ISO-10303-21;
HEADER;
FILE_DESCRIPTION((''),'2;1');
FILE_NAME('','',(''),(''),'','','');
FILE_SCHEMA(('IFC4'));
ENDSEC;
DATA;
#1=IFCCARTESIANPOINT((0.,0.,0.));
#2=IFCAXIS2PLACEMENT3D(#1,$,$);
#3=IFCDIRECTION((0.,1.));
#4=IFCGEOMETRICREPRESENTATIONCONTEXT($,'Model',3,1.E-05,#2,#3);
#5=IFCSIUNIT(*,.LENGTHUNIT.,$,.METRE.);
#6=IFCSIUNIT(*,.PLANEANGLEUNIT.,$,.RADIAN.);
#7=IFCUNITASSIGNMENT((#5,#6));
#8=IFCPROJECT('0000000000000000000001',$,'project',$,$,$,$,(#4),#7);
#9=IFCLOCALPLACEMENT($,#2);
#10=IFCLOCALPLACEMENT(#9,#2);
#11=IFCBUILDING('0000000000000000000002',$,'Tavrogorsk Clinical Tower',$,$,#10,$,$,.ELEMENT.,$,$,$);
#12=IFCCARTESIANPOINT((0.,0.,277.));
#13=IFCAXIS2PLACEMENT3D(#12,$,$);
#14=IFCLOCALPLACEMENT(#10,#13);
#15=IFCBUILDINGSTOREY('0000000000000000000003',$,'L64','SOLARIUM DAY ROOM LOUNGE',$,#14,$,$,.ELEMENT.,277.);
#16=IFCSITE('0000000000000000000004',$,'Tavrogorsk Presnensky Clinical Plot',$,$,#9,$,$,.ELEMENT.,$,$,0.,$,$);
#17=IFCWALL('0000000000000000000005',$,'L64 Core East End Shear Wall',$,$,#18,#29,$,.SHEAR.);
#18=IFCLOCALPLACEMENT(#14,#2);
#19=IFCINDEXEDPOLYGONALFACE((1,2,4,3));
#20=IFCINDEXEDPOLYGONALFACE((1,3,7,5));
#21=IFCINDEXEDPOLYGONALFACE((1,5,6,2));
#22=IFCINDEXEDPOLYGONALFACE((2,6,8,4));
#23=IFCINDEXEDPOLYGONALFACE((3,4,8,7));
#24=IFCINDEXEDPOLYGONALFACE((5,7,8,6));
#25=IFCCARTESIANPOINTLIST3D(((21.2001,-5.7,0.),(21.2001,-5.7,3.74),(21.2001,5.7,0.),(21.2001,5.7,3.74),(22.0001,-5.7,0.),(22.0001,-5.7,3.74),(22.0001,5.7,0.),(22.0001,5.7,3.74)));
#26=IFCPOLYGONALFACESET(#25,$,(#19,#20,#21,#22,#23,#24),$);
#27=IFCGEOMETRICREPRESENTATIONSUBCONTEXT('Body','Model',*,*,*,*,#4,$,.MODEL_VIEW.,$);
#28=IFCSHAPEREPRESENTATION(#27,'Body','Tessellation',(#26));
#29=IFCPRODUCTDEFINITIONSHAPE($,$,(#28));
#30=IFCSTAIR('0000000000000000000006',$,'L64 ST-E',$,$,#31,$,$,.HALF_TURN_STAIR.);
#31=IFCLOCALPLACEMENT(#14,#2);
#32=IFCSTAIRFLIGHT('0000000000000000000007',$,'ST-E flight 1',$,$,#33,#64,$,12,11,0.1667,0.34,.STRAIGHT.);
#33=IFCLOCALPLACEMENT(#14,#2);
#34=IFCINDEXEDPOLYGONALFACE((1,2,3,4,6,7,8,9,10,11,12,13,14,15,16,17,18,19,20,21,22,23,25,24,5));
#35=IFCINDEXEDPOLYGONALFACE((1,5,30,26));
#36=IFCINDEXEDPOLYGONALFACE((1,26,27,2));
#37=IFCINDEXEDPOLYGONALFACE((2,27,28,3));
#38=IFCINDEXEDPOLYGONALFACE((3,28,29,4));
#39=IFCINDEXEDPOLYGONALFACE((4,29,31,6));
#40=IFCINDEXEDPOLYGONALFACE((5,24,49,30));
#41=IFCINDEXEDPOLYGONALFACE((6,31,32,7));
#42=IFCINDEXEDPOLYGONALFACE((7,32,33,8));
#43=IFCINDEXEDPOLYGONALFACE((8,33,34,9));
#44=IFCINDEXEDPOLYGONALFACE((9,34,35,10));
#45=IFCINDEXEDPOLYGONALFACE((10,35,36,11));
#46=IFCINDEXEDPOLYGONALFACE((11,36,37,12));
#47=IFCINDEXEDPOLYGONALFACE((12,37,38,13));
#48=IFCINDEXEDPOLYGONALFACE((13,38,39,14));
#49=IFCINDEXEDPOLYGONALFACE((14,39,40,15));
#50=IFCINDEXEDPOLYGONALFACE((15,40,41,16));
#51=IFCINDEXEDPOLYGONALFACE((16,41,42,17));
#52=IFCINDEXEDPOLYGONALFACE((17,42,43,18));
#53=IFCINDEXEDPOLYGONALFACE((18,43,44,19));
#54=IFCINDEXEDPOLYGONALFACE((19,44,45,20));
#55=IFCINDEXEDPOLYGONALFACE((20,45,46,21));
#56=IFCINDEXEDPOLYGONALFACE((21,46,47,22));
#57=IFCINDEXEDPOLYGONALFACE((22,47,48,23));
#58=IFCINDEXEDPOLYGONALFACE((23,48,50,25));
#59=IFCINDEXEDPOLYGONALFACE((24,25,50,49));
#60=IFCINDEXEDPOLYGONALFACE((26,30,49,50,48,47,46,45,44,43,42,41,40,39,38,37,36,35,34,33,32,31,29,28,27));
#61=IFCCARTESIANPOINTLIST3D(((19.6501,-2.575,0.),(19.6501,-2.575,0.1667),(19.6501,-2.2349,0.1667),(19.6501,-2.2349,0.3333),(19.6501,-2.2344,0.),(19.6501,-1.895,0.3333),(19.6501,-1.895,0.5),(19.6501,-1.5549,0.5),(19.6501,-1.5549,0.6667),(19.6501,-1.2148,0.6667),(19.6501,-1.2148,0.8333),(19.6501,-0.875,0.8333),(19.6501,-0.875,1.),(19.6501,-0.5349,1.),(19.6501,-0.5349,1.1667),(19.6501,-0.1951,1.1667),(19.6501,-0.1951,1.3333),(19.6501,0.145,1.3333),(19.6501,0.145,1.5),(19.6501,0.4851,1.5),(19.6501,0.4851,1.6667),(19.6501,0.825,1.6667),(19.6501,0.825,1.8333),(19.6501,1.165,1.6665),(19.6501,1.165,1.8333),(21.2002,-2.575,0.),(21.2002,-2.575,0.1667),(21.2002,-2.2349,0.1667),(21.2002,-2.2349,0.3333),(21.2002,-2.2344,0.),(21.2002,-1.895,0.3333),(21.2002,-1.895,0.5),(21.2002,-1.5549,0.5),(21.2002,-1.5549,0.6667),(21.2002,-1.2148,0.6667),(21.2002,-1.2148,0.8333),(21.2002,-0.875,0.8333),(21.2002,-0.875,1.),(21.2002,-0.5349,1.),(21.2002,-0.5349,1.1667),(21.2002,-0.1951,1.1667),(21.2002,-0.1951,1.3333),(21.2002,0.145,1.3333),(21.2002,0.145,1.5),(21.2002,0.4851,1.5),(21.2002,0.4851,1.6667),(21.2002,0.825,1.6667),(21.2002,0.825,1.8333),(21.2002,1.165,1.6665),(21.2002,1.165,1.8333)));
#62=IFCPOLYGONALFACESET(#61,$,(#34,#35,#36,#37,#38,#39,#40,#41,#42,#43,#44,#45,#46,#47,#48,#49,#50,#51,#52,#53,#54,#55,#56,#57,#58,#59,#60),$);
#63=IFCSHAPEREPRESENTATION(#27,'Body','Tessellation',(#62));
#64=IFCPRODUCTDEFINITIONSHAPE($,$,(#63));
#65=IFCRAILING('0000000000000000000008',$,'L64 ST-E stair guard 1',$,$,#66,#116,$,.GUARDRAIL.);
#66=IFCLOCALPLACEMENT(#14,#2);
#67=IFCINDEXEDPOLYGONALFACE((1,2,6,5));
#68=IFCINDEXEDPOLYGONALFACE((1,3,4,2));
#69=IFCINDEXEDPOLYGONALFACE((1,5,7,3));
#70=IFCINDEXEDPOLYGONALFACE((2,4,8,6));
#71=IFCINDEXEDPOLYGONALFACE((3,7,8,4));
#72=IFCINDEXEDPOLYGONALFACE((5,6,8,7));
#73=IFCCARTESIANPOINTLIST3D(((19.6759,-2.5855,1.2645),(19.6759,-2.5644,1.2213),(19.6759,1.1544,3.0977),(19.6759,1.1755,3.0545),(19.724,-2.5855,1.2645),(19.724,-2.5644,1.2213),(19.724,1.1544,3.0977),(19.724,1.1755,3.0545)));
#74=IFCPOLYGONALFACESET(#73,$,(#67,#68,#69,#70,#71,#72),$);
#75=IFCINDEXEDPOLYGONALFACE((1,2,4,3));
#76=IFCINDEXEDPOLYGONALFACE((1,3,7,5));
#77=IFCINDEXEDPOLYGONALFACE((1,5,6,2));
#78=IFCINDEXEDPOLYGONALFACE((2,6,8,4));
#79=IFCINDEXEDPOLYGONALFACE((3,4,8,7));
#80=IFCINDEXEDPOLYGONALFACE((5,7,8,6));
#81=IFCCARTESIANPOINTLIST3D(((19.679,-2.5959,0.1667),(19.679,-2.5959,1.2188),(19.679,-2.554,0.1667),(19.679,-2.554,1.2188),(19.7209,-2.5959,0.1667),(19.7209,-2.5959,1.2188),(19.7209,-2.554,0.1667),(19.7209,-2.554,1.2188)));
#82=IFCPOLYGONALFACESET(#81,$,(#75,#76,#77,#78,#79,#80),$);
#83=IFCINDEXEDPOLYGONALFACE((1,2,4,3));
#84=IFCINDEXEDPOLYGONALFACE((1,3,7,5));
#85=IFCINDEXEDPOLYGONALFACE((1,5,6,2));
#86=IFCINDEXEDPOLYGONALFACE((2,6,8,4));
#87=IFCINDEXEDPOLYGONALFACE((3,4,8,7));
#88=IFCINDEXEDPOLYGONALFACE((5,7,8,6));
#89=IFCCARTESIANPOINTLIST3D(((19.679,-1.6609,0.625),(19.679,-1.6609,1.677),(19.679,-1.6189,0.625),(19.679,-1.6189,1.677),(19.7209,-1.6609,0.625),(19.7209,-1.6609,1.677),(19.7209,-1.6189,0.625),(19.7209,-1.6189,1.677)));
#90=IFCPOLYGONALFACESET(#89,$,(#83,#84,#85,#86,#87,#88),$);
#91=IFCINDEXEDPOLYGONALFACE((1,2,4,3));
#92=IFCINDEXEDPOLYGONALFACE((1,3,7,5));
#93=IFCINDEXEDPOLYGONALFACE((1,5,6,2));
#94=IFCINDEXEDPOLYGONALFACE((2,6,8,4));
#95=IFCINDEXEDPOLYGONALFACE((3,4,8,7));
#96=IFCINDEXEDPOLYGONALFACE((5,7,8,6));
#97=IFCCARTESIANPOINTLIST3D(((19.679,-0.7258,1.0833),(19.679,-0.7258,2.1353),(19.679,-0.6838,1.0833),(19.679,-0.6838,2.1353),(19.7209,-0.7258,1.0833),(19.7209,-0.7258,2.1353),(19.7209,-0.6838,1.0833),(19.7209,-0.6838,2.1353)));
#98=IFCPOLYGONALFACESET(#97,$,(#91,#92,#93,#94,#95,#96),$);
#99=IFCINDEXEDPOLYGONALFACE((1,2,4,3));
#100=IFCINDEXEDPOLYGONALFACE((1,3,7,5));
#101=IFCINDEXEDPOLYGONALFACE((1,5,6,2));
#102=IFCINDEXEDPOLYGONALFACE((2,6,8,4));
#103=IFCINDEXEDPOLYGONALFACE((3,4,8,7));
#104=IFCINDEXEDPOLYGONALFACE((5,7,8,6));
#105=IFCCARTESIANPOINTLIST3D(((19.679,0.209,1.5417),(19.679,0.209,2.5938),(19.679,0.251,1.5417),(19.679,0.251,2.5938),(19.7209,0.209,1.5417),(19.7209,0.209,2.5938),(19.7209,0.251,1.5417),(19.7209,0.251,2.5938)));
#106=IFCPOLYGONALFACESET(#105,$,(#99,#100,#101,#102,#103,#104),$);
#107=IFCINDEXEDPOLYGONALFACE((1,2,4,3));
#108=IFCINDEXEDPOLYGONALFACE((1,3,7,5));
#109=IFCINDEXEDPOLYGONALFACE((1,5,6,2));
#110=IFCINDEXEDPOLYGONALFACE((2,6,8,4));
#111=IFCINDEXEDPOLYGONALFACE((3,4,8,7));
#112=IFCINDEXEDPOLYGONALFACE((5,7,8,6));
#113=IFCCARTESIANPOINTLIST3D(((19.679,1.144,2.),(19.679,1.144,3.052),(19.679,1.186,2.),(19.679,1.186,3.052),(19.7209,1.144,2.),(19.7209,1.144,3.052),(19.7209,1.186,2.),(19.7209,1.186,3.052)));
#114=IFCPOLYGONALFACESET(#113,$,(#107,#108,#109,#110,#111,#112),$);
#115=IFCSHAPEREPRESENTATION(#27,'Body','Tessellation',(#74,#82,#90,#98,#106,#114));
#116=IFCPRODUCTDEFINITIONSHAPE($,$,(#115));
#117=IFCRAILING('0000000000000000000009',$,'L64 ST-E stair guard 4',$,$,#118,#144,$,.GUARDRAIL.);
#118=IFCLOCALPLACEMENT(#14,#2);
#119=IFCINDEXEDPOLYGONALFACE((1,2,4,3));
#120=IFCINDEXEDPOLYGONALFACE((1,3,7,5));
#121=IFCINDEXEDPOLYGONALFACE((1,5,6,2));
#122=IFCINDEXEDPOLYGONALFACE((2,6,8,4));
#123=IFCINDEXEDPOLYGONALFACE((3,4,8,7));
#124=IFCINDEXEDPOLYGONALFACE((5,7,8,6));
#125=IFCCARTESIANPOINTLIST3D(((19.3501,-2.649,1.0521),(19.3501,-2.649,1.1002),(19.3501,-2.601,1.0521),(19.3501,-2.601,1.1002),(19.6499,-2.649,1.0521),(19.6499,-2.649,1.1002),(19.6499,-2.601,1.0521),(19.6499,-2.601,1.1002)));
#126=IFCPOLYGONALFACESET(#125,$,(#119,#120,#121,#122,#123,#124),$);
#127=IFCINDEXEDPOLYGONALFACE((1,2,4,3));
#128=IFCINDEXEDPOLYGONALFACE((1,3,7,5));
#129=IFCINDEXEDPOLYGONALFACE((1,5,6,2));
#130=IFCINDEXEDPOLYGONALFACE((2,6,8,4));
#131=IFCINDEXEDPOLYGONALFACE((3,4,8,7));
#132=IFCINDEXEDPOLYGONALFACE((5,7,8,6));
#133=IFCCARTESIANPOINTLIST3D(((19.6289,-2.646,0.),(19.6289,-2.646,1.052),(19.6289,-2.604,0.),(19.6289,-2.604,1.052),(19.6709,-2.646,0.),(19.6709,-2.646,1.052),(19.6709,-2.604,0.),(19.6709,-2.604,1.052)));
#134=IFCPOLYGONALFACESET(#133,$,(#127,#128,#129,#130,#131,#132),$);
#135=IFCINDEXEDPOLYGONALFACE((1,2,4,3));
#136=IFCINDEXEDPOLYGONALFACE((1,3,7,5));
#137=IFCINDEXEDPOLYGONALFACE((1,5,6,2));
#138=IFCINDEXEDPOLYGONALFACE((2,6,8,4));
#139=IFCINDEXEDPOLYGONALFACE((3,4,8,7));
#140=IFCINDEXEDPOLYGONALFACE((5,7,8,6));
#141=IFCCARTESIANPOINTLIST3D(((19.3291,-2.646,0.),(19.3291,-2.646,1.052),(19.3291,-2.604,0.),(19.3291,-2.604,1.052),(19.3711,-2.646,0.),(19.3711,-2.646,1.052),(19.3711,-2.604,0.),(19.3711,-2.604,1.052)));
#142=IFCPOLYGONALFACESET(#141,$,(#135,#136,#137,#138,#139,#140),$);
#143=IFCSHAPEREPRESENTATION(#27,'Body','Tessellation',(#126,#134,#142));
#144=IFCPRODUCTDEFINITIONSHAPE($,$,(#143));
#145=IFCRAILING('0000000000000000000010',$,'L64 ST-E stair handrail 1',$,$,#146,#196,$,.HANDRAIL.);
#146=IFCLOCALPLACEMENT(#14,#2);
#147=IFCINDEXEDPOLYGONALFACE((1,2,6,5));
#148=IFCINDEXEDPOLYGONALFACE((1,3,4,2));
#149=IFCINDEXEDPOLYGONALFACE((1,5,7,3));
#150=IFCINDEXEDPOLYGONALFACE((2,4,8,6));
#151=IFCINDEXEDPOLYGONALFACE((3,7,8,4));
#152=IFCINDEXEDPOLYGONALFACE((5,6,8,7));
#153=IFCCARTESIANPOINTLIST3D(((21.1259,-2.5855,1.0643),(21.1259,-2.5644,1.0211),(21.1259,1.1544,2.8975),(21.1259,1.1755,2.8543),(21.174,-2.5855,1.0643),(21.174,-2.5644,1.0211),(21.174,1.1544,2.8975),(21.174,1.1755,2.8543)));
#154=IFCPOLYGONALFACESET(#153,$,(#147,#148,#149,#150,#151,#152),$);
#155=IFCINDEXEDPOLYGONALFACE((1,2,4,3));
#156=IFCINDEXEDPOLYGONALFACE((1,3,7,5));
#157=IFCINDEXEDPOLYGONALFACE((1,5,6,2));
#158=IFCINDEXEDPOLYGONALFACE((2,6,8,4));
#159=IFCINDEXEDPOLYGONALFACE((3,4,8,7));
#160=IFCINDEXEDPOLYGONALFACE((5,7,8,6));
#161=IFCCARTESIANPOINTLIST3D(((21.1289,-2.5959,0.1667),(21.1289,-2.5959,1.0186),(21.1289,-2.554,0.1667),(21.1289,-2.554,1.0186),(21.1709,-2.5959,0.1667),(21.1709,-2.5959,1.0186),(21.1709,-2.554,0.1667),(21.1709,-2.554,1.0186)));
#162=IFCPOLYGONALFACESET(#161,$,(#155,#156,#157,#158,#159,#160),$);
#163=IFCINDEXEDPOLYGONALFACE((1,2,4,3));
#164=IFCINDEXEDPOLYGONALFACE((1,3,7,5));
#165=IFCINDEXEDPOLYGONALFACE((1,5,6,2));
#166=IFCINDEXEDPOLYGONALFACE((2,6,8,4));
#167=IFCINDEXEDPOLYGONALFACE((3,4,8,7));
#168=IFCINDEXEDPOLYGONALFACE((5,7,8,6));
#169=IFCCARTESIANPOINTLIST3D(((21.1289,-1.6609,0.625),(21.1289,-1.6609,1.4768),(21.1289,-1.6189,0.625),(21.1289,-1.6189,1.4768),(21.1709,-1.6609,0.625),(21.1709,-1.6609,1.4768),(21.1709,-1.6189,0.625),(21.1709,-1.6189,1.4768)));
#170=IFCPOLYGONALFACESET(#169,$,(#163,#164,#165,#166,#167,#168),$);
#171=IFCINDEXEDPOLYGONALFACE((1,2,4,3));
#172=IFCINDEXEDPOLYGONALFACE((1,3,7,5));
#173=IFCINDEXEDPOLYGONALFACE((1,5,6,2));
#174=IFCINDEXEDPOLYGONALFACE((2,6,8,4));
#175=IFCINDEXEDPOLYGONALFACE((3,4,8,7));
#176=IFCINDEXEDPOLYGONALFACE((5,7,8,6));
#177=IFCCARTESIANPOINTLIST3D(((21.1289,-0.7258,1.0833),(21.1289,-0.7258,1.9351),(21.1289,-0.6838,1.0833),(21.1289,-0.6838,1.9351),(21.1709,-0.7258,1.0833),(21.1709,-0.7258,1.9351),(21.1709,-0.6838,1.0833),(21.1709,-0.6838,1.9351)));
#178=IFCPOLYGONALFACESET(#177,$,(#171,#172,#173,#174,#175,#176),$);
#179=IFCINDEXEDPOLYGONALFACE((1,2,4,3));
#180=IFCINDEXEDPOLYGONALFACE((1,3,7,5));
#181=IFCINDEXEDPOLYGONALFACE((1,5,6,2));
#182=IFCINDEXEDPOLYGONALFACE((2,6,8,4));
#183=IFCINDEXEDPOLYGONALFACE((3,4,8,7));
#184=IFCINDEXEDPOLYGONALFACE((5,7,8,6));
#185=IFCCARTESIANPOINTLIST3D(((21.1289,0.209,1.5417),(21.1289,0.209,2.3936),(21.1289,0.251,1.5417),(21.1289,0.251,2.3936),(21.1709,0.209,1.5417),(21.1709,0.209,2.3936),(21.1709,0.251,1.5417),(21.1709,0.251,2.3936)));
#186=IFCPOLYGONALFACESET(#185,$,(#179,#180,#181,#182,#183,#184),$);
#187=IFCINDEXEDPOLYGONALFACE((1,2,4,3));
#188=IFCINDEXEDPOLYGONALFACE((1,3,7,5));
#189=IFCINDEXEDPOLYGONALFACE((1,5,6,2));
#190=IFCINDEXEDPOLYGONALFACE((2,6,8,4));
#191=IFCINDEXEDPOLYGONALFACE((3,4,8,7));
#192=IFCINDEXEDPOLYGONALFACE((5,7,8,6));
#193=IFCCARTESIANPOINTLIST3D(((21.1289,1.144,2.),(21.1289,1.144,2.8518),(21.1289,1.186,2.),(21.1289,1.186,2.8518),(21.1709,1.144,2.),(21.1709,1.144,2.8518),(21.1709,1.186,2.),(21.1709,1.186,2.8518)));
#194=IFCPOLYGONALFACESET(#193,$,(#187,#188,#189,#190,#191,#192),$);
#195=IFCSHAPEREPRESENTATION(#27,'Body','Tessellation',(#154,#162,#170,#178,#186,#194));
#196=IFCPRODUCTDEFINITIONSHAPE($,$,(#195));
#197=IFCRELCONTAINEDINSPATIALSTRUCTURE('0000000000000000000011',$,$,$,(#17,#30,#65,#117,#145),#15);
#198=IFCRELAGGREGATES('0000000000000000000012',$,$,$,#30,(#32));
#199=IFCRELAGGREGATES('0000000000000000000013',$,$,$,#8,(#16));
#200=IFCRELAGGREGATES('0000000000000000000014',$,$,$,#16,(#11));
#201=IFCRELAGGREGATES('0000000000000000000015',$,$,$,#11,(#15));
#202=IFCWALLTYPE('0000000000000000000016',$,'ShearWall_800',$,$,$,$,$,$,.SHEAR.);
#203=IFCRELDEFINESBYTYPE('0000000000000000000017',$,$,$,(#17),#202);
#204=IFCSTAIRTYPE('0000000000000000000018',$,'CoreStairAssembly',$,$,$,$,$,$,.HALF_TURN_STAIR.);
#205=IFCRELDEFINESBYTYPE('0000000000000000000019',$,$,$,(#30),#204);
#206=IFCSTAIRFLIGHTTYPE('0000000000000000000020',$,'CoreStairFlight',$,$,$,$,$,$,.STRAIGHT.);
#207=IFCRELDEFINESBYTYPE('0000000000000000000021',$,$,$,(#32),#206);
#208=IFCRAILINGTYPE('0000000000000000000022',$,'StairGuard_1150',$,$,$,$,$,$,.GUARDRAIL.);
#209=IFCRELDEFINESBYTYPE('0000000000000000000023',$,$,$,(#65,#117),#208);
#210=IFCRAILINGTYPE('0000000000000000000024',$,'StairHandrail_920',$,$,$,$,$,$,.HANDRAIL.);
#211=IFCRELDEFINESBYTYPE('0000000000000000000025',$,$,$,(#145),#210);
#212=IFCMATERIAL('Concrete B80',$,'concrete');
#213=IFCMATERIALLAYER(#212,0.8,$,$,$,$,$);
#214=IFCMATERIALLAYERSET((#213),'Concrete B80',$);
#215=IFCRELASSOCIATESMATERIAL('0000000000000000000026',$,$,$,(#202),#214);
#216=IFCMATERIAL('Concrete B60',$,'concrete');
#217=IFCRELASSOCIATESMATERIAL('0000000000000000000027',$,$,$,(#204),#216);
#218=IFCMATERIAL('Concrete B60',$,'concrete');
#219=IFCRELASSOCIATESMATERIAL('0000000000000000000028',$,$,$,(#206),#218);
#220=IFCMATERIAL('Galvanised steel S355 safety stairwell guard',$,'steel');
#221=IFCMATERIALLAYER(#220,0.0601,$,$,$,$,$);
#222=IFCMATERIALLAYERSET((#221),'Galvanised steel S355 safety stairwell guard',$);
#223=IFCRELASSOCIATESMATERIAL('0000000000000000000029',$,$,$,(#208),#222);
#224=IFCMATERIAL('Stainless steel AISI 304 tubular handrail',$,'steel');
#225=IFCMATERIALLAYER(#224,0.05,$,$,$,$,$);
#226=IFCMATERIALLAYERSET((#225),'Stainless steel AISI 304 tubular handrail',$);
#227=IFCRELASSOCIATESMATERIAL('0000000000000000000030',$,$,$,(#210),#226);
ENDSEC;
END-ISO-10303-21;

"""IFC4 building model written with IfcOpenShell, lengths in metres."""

from ifc_helpers import new_model, si_unit, direction, frame, frame_2d, origin, origin_2d, place, context, subcontext, project, spatial, polyline, rectangle, outline, extrude, material, layer, layer_set, type_object, element, aggregate, save


model = new_model("IFC4")

# Units and contexts
model_context = context("Model", 3, precision=1e-05, world=origin(), true_north=direction((0.0, 1.0)))
body_context = subcontext(model_context, "Body", "Model", "MODEL_VIEW")
ifc_project = project(units=[si_unit("LENGTHUNIT", "METRE"), si_unit("PLANEANGLEUNIT", "RADIAN")], contexts=[model_context])

# Site, building, storey
site_placement = place(None, origin())
site = spatial("IfcSite", under=ifc_project, at=site_placement, Name="Tavrogorsk Presnensky Clinical Plot", CompositionType="ELEMENT", RefElevation=0.0)
building_placement = place(site_placement, origin())
building = spatial("IfcBuilding", under=site, at=building_placement, Name="Tavrogorsk Clinical Tower", CompositionType="ELEMENT")
storey_placement = place(building_placement, frame((0.0, 0.0, 277.0)))
storey = spatial("IfcBuildingStorey", under=building, at=storey_placement, Name="L64", Description="SOLARIUM DAY ROOM LOUNGE", CompositionType="ELEMENT", Elevation=277.0)

# Wall
ifc_material_1 = material(Name="Concrete B80", Category="concrete")
ifc_layer_1 = layer(ifc_material_1, 0.8)
ifc_layer_set_1 = layer_set([ifc_layer_1], Name="Concrete B80")
wall_type_1 = type_object("IfcWallType", Name="ShearWall_800", PredefinedType="SHEAR", material=ifc_layer_set_1)
wall_1_placement = place(storey_placement, frame((21.6001, -5.7, 0.0), z_axis=(0.0, 0.0, 1.0), x_axis=(0.0, 1.0, 0.0)))
element("IfcWall", 1, at=wall_1_placement, inside=storey, type_object=wall_type_1, Name="L64 Core East End Shear Wall", PredefinedType="SHEAR", context=body_context, shape_type="SweptSolid", body=[
    extrude(rectangle(XDim=11.3999, YDim=0.8, at=frame_2d((5.7, 0.0))), origin(), (0.0, 0.0, 1.0), 3.74),
])

# Stair, stair flight
ifc_material_2 = material(Name="Concrete B60", Category="concrete")
stair_type = type_object("IfcStairType", Name="CoreStairAssembly", PredefinedType="HALF_TURN_STAIR", material=ifc_material_2)
stair_placement = place(storey_placement, origin())
stair = element("IfcStair", 2, at=stair_placement, inside=storey, type_object=stair_type, Name="L64 ST-E", PredefinedType="HALF_TURN_STAIR")
ifc_material_3 = material(Name="Concrete B60", Category="concrete")
stair_flight_type = type_object("IfcStairFlightType", Name="CoreStairFlight", PredefinedType="STRAIGHT", material=ifc_material_3)
stair_flight_placement = place(storey_placement, frame((20.425, -2.575, 0.0), z_axis=(0.0, 0.0, 1.0), x_axis=(0.0, 1.0, 0.0)))
stair_flight = element("IfcStairFlight", 3, at=stair_flight_placement, type_object=stair_flight_type, Name="ST-E flight 1", NumberOfRisers=12, NumberOfTreads=11, PredefinedType="STRAIGHT", RiserHeight=0.1667, TreadLength=0.34, context=body_context, shape_type="SweptSolid", body=[
    extrude(outline(polyline([(0.0, 0.0), (0.0, 0.1667), (0.3401, 0.1667), (0.3401, 0.3333), (0.6799, 0.3333), (0.6799, 0.5), (1.02, 0.5), (1.02, 0.6667), (1.3601, 0.6667), (1.3601, 0.8333), (1.7, 0.8333), (1.7, 1.0), (2.04, 1.0), (2.04, 1.1667), (2.3799, 1.1667), (2.3799, 1.3333), (2.72, 1.3333), (2.72, 1.5), (3.0601, 1.5), (3.0601, 1.6667), (3.3999, 1.6667), (3.3999, 1.8333), (3.74, 1.8333), (3.74, 2.0), (3.74, 1.6665), (0.3406, 0.0), (0.0, 0.0)])), frame((0.0, 0.7749, 0.0), z_axis=(0.0, -1.0, 0.0), x_axis=(1.0, 0.0, 0.0)), (0.0, 0.0, 1.0), 1.55),
])
aggregate(stair, [stair_flight])

# Railings
ifc_material_4 = material(Name="Galvanised steel S355 safety stairwell guard", Category="steel")
ifc_layer_2 = layer(ifc_material_4, 0.0601)
ifc_layer_set_2 = layer_set([ifc_layer_2], Name="Galvanised steel S355 safety stairwell guard")
railing_type_1 = type_object("IfcRailingType", Name="StairGuard_1150", PredefinedType="GUARDRAIL", material=ifc_layer_set_2)
railing_1_placement = place(storey_placement, frame((19.7, -2.575, 0.1667)))
element("IfcRailing", 4, at=railing_1_placement, inside=storey, type_object=railing_type_1, Name="L64 ST-E stair guard 1", PredefinedType="GUARDRAIL", context=body_context, shape_type="SweptSolid", body=[
    extrude(rectangle(XDim=0.0481, YDim=0.0481, at=origin_2d()), frame((0.0, 0.0, 1.0762), z_axis=(0.0, 0.897928, 0.440142), x_axis=(-1.0, 0.0, 0.0)), (0.0, 0.0, 1.0), 4.165),
    extrude(rectangle(XDim=0.042, YDim=0.042, at=origin_2d()), origin(), (0.0, 0.0, 1.0), 1.052),
    extrude(rectangle(XDim=0.042, YDim=0.042, at=origin_2d()), frame((0.0, 0.9351, 0.4583)), (0.0, 0.0, 1.0), 1.052),
    extrude(rectangle(XDim=0.042, YDim=0.042, at=origin_2d()), frame((0.0, 1.8701, 0.9165)), (0.0, 0.0, 1.0), 1.052),
    extrude(rectangle(XDim=0.042, YDim=0.042, at=origin_2d()), frame((0.0, 2.8049, 1.375)), (0.0, 0.0, 1.0), 1.052),
    extrude(rectangle(XDim=0.042, YDim=0.042, at=origin_2d()), frame((0.0, 3.74, 1.8333)), (0.0, 0.0, 1.0), 1.052),
])
railing_2_placement = place(storey_placement, frame((19.6499, -2.625, 0.0)))
element("IfcRailing", 5, at=railing_2_placement, inside=storey, type_object=railing_type_1, Name="L64 ST-E stair guard 4", PredefinedType="GUARDRAIL", context=body_context, shape_type="SweptSolid", body=[
    extrude(rectangle(XDim=0.0481, YDim=0.0481, at=origin_2d()), frame((0.0, 0.0, 1.0762), z_axis=(-1.0, 0.0, 0.0), x_axis=(0.0, -1.0, 0.0)), (0.0, 0.0, 1.0), 0.2998),
    extrude(rectangle(XDim=0.042, YDim=0.042, at=origin_2d()), origin(), (0.0, 0.0, 1.0), 1.052),
    extrude(rectangle(XDim=0.042, YDim=0.042, at=origin_2d()), frame((-0.2998, 0.0, 0.0)), (0.0, 0.0, 1.0), 1.052),
])
ifc_material_5 = material(Name="Stainless steel AISI 304 tubular handrail", Category="steel")
ifc_layer_3 = layer(ifc_material_5, 0.05)
ifc_layer_set_3 = layer_set([ifc_layer_3], Name="Stainless steel AISI 304 tubular handrail")
railing_type_2 = type_object("IfcRailingType", Name="StairHandrail_920", PredefinedType="HANDRAIL", material=ifc_layer_set_3)
railing_3_placement = place(storey_placement, frame((21.1499, -2.575, 0.1667)))
element("IfcRailing", 6, at=railing_3_placement, inside=storey, type_object=railing_type_2, Name="L64 ST-E stair handrail 1", PredefinedType="HANDRAIL", context=body_context, shape_type="SweptSolid", body=[
    extrude(rectangle(XDim=0.0481, YDim=0.0481, at=origin_2d()), frame((0.0, 0.0, 0.876), z_axis=(0.0, 0.897928, 0.440142), x_axis=(-1.0, 0.0, 0.0)), (0.0, 0.0, 1.0), 4.165),
    extrude(rectangle(XDim=0.042, YDim=0.042, at=origin_2d()), origin(), (0.0, 0.0, 1.0), 0.8518),
    extrude(rectangle(XDim=0.042, YDim=0.042, at=origin_2d()), frame((0.0, 0.9351, 0.4583)), (0.0, 0.0, 1.0), 0.8518),
    extrude(rectangle(XDim=0.042, YDim=0.042, at=origin_2d()), frame((0.0, 1.8701, 0.9165)), (0.0, 0.0, 1.0), 0.8518),
    extrude(rectangle(XDim=0.042, YDim=0.042, at=origin_2d()), frame((0.0, 2.8049, 1.375)), (0.0, 0.0, 1.0), 0.8518),
    extrude(rectangle(XDim=0.042, YDim=0.042, at=origin_2d()), frame((0.0, 3.74, 1.8333)), (0.0, 0.0, 1.0), 0.8518),
])

save(model, "model.ifc")
